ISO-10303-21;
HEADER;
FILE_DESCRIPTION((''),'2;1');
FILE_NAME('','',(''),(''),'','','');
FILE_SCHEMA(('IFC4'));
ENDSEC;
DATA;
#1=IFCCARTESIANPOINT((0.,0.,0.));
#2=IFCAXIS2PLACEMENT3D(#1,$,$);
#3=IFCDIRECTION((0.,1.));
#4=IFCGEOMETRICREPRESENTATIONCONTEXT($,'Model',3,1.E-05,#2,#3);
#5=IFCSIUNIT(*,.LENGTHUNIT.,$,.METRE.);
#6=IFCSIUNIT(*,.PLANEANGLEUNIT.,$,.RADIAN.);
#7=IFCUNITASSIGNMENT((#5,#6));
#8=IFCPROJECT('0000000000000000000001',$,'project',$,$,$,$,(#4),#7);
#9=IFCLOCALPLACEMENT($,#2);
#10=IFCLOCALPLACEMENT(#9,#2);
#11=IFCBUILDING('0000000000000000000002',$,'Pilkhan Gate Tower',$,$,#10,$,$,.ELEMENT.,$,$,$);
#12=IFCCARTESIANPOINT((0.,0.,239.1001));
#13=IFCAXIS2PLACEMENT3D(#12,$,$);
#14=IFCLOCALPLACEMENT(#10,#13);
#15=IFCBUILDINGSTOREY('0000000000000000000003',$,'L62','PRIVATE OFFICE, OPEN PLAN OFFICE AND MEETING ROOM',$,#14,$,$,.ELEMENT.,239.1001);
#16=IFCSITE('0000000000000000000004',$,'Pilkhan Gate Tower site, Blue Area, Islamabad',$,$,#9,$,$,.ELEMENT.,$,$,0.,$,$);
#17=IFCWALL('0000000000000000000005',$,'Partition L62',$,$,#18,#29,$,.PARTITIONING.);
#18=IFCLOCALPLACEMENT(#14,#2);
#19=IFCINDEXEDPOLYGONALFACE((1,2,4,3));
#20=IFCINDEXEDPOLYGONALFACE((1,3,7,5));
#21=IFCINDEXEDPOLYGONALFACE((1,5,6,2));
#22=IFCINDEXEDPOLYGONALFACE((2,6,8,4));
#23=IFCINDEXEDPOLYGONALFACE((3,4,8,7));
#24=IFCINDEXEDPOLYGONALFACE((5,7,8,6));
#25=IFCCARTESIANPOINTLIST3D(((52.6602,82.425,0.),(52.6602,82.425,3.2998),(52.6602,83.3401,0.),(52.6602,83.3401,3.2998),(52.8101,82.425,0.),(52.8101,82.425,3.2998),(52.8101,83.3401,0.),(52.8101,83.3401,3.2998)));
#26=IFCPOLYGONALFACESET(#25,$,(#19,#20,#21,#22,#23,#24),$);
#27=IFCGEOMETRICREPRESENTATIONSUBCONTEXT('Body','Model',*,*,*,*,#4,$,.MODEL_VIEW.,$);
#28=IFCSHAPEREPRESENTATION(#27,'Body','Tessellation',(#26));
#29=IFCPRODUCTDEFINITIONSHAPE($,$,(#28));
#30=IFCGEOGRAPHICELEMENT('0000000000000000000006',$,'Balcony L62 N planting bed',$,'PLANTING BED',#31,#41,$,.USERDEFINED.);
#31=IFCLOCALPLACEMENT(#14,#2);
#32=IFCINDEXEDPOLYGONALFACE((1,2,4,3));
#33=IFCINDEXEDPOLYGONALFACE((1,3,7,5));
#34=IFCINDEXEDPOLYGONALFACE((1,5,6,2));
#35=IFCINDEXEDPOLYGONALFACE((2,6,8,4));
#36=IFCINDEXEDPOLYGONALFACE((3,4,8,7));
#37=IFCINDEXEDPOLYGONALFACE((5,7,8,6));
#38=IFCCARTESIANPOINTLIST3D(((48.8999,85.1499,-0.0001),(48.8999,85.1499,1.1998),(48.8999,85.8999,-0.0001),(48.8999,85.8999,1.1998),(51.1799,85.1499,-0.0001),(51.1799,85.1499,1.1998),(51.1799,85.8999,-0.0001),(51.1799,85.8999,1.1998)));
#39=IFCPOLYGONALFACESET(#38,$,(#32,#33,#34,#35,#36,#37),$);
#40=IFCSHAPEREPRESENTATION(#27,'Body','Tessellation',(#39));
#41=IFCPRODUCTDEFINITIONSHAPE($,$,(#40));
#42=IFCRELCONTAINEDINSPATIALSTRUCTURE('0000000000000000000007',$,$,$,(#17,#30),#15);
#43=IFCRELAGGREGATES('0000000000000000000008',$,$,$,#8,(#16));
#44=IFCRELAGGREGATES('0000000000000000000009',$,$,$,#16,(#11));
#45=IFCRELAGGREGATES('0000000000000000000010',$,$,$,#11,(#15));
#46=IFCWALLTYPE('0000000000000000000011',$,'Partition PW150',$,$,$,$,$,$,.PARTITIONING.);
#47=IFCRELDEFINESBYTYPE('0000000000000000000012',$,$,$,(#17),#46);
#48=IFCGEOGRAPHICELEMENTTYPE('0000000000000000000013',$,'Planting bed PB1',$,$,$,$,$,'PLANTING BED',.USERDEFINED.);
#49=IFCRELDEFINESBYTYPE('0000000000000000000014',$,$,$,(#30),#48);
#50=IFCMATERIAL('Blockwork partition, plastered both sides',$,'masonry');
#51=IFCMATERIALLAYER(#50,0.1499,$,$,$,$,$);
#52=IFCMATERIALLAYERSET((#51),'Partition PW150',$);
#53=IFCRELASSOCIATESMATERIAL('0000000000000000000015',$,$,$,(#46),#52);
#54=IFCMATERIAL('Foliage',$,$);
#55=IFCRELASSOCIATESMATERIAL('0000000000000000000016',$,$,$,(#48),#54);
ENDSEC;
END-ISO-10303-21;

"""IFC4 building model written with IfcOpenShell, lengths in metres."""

from ifc_helpers import new_model, si_unit, direction, frame, frame_2d, origin, origin_2d, place, context, subcontext, project, spatial, rectangle, extrude, material, layer, layer_set, material_profile, profile_set, type_object, element, save


model = new_model("IFC4")

# Units and contexts
model_context = context("Model", 3, precision=1e-05, world=origin(), true_north=direction((0.0, 1.0)))
body_context = subcontext(model_context, "Body", "Model", "MODEL_VIEW")
ifc_project = project(units=[si_unit("LENGTHUNIT", "METRE"), si_unit("PLANEANGLEUNIT", "RADIAN")], contexts=[model_context])

# Site, building, storey
site_placement = place(None, origin())
site = spatial("IfcSite", under=ifc_project, at=site_placement, Name="Pilkhan Gate Tower site, Blue Area, Islamabad", CompositionType="ELEMENT", RefElevation=0.0)
building_placement = place(site_placement, origin())
building = spatial("IfcBuilding", under=site, at=building_placement, Name="Pilkhan Gate Tower", CompositionType="ELEMENT")
storey_placement = place(building_placement, frame((0.0, 0.0, 239.1001)))
storey = spatial("IfcBuildingStorey", under=building, at=storey_placement, Name="L62", Description="PRIVATE OFFICE, OPEN PLAN OFFICE AND MEETING ROOM", CompositionType="ELEMENT", Elevation=239.1001)

# Wall
ifc_material_1 = material(Name="Blockwork partition, plastered both sides", Category="masonry")
ifc_layer_1 = layer(ifc_material_1, 0.1499)
ifc_layer_set_1 = layer_set([ifc_layer_1], Name="Partition PW150")
wall_type_1 = type_object("IfcWallType", Name="Partition PW150", PredefinedType="PARTITIONING", material=ifc_layer_set_1)
wall_1_placement = place(storey_placement, frame((52.7351, 82.425, 0.0), z_axis=(0.0, 0.0, 1.0), x_axis=(0.0, 1.0, 0.0)))
element("IfcWall", 1, at=wall_1_placement, inside=storey, type_object=wall_type_1, Name="Partition L62", PredefinedType="PARTITIONING", context=body_context, shape_type="SweptSolid", body=[
    extrude(rectangle(XDim=0.915, YDim=0.1499, at=frame_2d((0.4575, 0.0))), origin(), (0.0, 0.0, 1.0), 3.2998),
])

# Geographic element
ifc_material_2 = material(Name="Foliage")
ifc_material_profile_1 = material_profile(ifc_material_2, rectangle(XDim=0.75, YDim=1.2, at=origin_2d()), Name="Bed 750x1200")
ifc_profile_set_1 = profile_set([ifc_material_profile_1], Name="Foliage")
geographic_element_type = type_object("IfcGeographicElementType", Name="Planting bed PB1", ElementType="PLANTING BED", PredefinedType="USERDEFINED", material=ifc_profile_set_1)
geographic_element_placement = place(storey_placement, frame((48.8999, 85.5249, 0.5999), z_axis=(1.0, 0.0, 0.0), x_axis=(0.0, 1.0, 0.0)))
element("IfcGeographicElement", 2, at=geographic_element_placement, inside=storey, type_object=geographic_element_type, Name="Balcony L62 N planting bed", ObjectType="PLANTING BED", PredefinedType="USERDEFINED", context=body_context, shape_type="SweptSolid", body=[
    extrude(rectangle(XDim=0.75, YDim=1.2, at=origin_2d()), origin(), (0.0, 0.0, 1.0), 2.28),
])

save(model, "model.ifc")
